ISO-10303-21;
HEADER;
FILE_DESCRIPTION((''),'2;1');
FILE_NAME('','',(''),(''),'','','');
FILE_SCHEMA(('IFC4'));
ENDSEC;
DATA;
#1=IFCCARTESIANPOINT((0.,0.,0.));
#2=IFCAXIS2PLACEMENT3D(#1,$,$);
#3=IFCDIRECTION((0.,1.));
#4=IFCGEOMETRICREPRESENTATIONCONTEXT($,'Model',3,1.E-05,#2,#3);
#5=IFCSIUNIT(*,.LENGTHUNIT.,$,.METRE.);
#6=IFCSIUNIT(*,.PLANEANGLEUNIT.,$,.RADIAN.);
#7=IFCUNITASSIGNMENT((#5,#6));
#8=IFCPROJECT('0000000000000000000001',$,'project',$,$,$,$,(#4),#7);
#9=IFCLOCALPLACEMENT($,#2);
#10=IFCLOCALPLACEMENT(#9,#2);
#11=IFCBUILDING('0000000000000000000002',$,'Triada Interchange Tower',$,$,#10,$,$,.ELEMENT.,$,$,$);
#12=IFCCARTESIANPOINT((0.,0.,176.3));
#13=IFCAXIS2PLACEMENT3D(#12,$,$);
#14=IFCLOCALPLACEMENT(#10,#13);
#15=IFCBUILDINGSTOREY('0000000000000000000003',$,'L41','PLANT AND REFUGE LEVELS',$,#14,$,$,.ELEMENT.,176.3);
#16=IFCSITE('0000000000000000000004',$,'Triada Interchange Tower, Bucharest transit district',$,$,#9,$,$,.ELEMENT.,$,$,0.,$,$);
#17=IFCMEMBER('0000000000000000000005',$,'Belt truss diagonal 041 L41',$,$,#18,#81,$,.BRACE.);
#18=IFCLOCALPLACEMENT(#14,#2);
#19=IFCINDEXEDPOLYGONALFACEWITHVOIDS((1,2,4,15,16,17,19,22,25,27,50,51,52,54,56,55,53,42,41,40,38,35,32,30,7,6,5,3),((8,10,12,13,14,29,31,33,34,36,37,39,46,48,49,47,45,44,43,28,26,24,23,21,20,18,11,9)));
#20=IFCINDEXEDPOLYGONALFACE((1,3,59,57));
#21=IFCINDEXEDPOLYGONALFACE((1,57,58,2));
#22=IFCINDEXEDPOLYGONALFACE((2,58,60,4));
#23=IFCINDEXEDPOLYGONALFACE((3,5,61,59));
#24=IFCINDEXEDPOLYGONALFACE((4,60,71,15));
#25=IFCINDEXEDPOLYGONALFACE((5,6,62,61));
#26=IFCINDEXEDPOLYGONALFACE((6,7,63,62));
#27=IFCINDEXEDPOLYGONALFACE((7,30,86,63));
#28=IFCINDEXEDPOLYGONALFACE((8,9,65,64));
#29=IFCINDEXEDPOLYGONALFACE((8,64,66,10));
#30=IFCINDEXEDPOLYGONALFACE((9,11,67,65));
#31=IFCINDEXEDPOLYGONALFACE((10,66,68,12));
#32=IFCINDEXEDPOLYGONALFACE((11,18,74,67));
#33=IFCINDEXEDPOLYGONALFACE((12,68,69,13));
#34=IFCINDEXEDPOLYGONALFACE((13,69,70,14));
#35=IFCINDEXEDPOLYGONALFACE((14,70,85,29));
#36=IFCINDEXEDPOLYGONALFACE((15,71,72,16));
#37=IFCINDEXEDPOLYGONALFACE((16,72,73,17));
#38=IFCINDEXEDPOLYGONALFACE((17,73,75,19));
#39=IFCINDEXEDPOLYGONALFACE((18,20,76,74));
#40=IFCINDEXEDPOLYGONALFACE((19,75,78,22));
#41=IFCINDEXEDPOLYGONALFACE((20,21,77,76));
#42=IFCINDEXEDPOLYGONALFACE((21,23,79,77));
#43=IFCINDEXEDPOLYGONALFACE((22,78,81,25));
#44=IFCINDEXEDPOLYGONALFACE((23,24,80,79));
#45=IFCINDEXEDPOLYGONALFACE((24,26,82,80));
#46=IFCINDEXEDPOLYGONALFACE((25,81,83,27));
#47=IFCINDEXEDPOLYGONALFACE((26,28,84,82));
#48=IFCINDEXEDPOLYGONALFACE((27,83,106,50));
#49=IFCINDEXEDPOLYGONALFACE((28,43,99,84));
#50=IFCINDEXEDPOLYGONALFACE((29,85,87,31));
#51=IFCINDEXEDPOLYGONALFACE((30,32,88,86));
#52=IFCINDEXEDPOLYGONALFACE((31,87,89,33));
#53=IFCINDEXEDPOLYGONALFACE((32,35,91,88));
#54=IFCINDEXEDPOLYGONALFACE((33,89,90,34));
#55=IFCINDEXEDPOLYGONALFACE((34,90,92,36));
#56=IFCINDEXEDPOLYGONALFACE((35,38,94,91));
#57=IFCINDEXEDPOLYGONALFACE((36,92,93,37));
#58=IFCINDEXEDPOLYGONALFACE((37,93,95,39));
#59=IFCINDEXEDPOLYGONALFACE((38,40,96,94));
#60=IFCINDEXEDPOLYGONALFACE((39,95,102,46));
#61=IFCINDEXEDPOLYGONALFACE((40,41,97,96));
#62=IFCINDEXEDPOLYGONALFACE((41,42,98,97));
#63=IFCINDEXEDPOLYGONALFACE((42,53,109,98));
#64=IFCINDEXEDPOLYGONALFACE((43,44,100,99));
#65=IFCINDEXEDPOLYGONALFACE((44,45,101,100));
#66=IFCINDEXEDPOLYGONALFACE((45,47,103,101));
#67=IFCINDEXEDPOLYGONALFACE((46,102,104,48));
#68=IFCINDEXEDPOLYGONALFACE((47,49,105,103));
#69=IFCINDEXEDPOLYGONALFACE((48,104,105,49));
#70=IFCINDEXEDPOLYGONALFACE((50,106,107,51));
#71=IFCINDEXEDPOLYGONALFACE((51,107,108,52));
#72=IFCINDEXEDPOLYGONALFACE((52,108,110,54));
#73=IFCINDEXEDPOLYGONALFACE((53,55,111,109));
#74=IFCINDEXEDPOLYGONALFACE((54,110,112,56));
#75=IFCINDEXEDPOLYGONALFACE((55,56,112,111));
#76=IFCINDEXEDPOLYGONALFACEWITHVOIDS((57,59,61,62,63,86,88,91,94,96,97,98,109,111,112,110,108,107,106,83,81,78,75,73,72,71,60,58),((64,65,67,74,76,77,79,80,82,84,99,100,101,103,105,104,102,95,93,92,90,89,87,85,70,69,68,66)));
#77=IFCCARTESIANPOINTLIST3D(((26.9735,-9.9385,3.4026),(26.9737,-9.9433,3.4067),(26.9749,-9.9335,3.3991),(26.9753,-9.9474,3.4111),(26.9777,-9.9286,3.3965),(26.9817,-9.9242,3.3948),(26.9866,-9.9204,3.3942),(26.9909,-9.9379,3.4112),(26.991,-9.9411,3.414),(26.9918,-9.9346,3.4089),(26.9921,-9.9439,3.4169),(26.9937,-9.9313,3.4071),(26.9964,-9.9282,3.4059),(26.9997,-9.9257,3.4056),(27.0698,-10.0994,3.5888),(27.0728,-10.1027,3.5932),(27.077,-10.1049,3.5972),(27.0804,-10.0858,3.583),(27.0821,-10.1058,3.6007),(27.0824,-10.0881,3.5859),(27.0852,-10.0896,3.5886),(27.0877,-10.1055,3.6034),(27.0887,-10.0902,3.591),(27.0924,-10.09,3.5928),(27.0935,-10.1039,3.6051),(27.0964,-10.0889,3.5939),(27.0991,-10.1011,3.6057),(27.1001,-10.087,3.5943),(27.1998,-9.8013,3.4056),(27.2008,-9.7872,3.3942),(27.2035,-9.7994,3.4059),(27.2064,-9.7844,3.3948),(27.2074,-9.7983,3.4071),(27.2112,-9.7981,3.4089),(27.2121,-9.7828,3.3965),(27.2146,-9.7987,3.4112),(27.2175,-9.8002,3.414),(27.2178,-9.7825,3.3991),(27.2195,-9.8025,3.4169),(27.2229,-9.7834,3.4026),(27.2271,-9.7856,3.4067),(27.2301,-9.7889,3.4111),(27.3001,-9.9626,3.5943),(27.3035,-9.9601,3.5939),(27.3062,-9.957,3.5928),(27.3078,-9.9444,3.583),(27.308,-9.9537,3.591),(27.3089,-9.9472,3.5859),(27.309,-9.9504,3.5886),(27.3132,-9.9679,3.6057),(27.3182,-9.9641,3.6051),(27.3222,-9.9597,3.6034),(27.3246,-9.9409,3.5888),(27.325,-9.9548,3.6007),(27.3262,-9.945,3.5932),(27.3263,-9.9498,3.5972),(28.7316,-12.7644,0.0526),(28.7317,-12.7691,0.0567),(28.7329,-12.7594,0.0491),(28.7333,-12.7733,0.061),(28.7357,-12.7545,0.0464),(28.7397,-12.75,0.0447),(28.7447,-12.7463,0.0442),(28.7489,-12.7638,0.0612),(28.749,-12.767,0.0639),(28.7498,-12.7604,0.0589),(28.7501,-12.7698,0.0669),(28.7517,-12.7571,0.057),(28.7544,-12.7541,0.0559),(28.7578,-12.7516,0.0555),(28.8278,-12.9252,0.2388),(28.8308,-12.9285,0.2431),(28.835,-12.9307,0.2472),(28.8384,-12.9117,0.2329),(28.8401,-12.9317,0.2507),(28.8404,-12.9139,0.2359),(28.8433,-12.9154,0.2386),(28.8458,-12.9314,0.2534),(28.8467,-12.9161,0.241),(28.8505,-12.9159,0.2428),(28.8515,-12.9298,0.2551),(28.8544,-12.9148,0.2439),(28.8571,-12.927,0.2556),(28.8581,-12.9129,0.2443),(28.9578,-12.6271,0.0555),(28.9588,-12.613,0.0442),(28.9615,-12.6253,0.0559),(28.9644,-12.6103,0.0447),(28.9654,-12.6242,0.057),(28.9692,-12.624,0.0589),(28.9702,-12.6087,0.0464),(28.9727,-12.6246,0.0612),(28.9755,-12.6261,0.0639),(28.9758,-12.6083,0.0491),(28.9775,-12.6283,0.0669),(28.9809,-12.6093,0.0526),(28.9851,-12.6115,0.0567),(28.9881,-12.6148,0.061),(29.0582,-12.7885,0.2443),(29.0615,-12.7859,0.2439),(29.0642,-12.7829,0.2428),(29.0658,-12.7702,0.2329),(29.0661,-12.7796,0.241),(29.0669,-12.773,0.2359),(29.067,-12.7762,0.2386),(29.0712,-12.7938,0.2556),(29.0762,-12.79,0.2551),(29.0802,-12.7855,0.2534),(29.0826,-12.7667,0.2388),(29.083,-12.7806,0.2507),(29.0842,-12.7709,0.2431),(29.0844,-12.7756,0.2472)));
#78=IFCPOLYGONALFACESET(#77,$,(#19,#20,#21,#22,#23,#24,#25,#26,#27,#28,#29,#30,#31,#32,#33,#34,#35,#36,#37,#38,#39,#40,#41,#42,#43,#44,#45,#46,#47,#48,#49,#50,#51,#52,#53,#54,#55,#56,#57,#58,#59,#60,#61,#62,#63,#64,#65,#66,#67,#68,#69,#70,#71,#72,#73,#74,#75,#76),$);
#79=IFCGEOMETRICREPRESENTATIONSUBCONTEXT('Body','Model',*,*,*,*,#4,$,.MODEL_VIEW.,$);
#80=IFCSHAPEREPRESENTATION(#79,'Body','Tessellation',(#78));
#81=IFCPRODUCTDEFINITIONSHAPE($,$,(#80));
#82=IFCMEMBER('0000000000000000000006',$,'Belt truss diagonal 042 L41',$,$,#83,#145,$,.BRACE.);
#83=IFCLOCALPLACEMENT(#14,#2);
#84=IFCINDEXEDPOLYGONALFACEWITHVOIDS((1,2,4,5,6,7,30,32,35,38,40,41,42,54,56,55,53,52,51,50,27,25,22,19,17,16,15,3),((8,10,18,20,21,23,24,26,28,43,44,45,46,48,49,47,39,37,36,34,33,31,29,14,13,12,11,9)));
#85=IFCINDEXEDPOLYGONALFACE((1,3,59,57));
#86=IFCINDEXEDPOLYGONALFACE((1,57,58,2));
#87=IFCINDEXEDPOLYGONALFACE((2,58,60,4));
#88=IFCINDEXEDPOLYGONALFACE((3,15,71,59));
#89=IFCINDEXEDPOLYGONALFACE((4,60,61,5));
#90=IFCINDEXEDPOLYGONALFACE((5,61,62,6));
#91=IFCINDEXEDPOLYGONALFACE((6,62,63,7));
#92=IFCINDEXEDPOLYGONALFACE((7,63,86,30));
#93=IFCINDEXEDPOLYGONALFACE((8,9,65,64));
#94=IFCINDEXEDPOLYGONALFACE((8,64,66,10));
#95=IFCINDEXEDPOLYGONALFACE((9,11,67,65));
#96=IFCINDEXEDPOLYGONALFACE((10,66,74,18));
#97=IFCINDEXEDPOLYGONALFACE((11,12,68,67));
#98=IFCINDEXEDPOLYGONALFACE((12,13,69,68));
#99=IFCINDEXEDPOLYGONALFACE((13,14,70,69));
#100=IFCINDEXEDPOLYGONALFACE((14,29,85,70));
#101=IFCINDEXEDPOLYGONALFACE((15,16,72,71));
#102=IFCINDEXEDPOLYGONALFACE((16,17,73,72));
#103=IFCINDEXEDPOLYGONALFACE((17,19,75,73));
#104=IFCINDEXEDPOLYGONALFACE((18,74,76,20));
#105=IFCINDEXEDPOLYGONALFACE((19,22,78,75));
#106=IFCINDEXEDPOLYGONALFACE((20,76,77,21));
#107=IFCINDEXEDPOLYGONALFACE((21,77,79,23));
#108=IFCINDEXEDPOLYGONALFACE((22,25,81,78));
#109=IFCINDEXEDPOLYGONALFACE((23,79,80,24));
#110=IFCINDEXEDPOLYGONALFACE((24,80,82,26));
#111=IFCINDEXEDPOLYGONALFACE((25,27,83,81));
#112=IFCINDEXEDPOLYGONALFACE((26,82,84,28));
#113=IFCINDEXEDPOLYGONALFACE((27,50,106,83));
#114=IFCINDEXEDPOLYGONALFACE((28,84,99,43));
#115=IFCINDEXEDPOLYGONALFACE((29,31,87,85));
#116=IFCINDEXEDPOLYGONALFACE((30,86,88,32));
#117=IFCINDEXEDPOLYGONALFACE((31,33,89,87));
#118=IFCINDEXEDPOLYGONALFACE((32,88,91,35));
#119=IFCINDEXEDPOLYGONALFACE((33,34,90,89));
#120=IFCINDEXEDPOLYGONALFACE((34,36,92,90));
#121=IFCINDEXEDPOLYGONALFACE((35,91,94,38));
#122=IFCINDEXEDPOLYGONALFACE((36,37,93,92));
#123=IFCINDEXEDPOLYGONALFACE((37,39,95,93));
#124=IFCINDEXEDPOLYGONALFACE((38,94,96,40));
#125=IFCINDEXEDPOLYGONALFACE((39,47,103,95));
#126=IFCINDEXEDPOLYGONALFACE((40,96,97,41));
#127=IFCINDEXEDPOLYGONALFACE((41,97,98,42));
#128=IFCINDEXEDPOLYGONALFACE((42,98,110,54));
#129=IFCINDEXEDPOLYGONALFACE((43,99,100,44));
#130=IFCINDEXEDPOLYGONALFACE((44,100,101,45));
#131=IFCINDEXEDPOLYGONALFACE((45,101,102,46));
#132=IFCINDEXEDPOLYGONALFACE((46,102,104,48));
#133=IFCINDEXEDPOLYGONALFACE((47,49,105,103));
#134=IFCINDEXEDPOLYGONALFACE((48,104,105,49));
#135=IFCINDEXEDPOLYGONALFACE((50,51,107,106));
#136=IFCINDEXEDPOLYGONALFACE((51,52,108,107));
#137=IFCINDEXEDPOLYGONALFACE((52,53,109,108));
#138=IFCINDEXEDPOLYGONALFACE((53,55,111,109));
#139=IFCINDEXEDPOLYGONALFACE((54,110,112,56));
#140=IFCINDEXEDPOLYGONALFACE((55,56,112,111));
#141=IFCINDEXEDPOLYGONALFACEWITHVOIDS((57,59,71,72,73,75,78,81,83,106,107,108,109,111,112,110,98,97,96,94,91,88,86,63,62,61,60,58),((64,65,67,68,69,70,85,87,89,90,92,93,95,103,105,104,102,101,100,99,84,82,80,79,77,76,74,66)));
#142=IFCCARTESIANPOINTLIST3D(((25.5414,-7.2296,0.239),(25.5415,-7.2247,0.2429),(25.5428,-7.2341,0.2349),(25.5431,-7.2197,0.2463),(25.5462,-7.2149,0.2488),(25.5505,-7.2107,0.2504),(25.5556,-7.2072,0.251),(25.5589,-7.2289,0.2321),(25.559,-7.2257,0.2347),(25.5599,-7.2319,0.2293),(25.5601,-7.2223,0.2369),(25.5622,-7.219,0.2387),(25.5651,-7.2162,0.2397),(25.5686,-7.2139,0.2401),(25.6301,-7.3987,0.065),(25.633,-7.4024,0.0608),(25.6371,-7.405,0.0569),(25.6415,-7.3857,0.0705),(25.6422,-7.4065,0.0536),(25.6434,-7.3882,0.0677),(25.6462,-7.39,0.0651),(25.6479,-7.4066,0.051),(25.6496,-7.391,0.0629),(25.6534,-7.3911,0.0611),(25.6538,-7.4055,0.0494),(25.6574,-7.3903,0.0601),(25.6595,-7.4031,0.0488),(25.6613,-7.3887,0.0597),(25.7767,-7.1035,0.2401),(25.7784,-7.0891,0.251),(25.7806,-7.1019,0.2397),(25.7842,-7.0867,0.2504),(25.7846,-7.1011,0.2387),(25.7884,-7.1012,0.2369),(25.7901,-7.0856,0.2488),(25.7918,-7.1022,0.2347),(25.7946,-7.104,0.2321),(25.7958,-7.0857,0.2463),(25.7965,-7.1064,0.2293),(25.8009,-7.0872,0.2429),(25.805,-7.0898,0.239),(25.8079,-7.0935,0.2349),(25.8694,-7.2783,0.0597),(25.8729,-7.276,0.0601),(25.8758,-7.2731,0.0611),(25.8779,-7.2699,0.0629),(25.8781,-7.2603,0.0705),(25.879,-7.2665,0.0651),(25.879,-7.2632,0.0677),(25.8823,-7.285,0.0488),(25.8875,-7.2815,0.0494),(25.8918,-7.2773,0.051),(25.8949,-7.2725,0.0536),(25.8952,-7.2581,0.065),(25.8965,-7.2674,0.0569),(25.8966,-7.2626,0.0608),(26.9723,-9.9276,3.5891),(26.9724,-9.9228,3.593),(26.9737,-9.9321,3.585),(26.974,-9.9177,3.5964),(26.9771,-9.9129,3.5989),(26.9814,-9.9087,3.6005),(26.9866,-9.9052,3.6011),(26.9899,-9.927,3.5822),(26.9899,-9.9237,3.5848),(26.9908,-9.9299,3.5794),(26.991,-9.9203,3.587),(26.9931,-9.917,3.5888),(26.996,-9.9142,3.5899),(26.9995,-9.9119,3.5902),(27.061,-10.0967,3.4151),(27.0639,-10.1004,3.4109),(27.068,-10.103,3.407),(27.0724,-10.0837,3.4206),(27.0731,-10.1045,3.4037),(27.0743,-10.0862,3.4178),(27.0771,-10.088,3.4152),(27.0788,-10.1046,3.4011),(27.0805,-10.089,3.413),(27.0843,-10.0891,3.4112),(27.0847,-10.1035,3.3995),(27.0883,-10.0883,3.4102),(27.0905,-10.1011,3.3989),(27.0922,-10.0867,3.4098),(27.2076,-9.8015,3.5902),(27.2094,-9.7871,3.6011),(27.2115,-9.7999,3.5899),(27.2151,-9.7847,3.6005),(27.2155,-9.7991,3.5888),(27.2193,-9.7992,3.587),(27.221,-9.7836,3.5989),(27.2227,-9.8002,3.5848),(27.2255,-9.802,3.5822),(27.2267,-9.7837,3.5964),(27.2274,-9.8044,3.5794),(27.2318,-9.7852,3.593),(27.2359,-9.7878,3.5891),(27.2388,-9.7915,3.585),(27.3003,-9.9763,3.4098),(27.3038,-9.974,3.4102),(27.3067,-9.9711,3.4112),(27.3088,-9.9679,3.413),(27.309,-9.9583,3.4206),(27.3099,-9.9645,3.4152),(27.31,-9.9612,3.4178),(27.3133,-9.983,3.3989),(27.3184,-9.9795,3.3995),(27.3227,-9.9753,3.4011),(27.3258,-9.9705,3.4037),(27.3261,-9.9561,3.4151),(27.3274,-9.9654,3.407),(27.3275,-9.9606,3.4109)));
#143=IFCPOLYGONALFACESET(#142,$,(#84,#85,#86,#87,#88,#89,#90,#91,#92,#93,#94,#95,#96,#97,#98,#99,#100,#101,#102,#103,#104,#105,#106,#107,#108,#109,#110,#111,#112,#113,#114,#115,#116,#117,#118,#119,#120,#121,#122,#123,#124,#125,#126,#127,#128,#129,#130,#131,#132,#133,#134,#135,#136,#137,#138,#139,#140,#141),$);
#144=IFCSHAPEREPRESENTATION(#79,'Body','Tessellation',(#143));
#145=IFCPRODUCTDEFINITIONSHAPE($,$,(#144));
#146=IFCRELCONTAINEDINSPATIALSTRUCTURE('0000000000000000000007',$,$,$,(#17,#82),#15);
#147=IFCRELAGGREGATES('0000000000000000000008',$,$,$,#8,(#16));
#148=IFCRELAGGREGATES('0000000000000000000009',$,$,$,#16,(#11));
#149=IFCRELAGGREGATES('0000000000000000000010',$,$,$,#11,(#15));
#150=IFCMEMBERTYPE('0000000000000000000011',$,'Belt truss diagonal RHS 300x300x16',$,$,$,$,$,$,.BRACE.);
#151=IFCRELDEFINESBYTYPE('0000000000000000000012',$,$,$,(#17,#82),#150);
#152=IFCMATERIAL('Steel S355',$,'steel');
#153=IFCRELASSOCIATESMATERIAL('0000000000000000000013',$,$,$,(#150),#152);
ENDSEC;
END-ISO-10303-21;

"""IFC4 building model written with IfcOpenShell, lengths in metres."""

from ifc_helpers import new_model, si_unit, direction, frame, origin, origin_2d, place, context, subcontext, project, spatial, hollow_rectangle, extrude, material, material_profile, profile_set, type_object, element, save


model = new_model("IFC4")

# Units and contexts
model_context = context("Model", 3, precision=1e-05, world=origin(), true_north=direction((0.0, 1.0)))
body_context = subcontext(model_context, "Body", "Model", "MODEL_VIEW")
ifc_project = project(units=[si_unit("LENGTHUNIT", "METRE"), si_unit("PLANEANGLEUNIT", "RADIAN")], contexts=[model_context])

# Site, building, storey
site_placement = place(None, origin())
site = spatial("IfcSite", under=ifc_project, at=site_placement, Name="Triada Interchange Tower, Bucharest transit district", CompositionType="ELEMENT", RefElevation=0.0)
building_placement = place(site_placement, origin())
building = spatial("IfcBuilding", under=site, at=building_placement, Name="Triada Interchange Tower", CompositionType="ELEMENT")
storey_placement = place(building_placement, frame((0.0, 0.0, 176.3)))
storey = spatial("IfcBuildingStorey", under=building, at=storey_placement, Name="L41", Description="PLANT AND REFUGE LEVELS", CompositionType="ELEMENT", Elevation=176.3)

# Members
ifc_material_1 = material(Name="Steel S355", Category="steel")
ifc_material_profile_1 = material_profile(ifc_material_1, hollow_rectangle(XDim=0.3, YDim=0.3, WallThickness=0.0161, InnerFilletRadius=0.0161, OuterFilletRadius=0.0239, at=origin_2d()), Name="RHS 300x300x16")
ifc_profile_set_1 = profile_set([ifc_material_profile_1], Name="Steel S355")
member_type_1 = type_object("IfcMemberType", Name="Belt truss diagonal RHS 300x300x16", PredefinedType="BRACE", material=ifc_profile_set_1)
member_1_placement = place(storey_placement, frame((28.908, -12.77, 0.1499), z_axis=(-0.372291, 0.598426, 0.709426), x_axis=(-0.849097, -0.528237, 0.0)))
element("IfcMember", 1, at=member_1_placement, inside=storey, type_object=member_type_1, Name="Belt truss diagonal 041 L41", PredefinedType="BRACE", context=body_context, shape_type="SweptSolid", body=[
    extrude(hollow_rectangle(XDim=0.3, YDim=0.3, WallThickness=0.0161, InnerFilletRadius=0.0161, OuterFilletRadius=0.0239, at=origin_2d()), origin(), (0.0, 0.0, 1.0), 4.7222),
])
member_2_placement = place(storey_placement, frame((25.719, -7.2461, 0.1499), z_axis=(0.315651, -0.595165, 0.739015), x_axis=(0.883442, 0.468541, 0.0)))
element("IfcMember", 2, at=member_2_placement, inside=storey, type_object=member_type_1, Name="Belt truss diagonal 042 L41", PredefinedType="BRACE", context=body_context, shape_type="SweptSolid", body=[
    extrude(hollow_rectangle(XDim=0.3, YDim=0.3, WallThickness=0.0161, InnerFilletRadius=0.0161, OuterFilletRadius=0.0239, at=origin_2d()), origin(), (0.0, 0.0, 1.0), 4.5332),
])

save(model, "model.ifc")
